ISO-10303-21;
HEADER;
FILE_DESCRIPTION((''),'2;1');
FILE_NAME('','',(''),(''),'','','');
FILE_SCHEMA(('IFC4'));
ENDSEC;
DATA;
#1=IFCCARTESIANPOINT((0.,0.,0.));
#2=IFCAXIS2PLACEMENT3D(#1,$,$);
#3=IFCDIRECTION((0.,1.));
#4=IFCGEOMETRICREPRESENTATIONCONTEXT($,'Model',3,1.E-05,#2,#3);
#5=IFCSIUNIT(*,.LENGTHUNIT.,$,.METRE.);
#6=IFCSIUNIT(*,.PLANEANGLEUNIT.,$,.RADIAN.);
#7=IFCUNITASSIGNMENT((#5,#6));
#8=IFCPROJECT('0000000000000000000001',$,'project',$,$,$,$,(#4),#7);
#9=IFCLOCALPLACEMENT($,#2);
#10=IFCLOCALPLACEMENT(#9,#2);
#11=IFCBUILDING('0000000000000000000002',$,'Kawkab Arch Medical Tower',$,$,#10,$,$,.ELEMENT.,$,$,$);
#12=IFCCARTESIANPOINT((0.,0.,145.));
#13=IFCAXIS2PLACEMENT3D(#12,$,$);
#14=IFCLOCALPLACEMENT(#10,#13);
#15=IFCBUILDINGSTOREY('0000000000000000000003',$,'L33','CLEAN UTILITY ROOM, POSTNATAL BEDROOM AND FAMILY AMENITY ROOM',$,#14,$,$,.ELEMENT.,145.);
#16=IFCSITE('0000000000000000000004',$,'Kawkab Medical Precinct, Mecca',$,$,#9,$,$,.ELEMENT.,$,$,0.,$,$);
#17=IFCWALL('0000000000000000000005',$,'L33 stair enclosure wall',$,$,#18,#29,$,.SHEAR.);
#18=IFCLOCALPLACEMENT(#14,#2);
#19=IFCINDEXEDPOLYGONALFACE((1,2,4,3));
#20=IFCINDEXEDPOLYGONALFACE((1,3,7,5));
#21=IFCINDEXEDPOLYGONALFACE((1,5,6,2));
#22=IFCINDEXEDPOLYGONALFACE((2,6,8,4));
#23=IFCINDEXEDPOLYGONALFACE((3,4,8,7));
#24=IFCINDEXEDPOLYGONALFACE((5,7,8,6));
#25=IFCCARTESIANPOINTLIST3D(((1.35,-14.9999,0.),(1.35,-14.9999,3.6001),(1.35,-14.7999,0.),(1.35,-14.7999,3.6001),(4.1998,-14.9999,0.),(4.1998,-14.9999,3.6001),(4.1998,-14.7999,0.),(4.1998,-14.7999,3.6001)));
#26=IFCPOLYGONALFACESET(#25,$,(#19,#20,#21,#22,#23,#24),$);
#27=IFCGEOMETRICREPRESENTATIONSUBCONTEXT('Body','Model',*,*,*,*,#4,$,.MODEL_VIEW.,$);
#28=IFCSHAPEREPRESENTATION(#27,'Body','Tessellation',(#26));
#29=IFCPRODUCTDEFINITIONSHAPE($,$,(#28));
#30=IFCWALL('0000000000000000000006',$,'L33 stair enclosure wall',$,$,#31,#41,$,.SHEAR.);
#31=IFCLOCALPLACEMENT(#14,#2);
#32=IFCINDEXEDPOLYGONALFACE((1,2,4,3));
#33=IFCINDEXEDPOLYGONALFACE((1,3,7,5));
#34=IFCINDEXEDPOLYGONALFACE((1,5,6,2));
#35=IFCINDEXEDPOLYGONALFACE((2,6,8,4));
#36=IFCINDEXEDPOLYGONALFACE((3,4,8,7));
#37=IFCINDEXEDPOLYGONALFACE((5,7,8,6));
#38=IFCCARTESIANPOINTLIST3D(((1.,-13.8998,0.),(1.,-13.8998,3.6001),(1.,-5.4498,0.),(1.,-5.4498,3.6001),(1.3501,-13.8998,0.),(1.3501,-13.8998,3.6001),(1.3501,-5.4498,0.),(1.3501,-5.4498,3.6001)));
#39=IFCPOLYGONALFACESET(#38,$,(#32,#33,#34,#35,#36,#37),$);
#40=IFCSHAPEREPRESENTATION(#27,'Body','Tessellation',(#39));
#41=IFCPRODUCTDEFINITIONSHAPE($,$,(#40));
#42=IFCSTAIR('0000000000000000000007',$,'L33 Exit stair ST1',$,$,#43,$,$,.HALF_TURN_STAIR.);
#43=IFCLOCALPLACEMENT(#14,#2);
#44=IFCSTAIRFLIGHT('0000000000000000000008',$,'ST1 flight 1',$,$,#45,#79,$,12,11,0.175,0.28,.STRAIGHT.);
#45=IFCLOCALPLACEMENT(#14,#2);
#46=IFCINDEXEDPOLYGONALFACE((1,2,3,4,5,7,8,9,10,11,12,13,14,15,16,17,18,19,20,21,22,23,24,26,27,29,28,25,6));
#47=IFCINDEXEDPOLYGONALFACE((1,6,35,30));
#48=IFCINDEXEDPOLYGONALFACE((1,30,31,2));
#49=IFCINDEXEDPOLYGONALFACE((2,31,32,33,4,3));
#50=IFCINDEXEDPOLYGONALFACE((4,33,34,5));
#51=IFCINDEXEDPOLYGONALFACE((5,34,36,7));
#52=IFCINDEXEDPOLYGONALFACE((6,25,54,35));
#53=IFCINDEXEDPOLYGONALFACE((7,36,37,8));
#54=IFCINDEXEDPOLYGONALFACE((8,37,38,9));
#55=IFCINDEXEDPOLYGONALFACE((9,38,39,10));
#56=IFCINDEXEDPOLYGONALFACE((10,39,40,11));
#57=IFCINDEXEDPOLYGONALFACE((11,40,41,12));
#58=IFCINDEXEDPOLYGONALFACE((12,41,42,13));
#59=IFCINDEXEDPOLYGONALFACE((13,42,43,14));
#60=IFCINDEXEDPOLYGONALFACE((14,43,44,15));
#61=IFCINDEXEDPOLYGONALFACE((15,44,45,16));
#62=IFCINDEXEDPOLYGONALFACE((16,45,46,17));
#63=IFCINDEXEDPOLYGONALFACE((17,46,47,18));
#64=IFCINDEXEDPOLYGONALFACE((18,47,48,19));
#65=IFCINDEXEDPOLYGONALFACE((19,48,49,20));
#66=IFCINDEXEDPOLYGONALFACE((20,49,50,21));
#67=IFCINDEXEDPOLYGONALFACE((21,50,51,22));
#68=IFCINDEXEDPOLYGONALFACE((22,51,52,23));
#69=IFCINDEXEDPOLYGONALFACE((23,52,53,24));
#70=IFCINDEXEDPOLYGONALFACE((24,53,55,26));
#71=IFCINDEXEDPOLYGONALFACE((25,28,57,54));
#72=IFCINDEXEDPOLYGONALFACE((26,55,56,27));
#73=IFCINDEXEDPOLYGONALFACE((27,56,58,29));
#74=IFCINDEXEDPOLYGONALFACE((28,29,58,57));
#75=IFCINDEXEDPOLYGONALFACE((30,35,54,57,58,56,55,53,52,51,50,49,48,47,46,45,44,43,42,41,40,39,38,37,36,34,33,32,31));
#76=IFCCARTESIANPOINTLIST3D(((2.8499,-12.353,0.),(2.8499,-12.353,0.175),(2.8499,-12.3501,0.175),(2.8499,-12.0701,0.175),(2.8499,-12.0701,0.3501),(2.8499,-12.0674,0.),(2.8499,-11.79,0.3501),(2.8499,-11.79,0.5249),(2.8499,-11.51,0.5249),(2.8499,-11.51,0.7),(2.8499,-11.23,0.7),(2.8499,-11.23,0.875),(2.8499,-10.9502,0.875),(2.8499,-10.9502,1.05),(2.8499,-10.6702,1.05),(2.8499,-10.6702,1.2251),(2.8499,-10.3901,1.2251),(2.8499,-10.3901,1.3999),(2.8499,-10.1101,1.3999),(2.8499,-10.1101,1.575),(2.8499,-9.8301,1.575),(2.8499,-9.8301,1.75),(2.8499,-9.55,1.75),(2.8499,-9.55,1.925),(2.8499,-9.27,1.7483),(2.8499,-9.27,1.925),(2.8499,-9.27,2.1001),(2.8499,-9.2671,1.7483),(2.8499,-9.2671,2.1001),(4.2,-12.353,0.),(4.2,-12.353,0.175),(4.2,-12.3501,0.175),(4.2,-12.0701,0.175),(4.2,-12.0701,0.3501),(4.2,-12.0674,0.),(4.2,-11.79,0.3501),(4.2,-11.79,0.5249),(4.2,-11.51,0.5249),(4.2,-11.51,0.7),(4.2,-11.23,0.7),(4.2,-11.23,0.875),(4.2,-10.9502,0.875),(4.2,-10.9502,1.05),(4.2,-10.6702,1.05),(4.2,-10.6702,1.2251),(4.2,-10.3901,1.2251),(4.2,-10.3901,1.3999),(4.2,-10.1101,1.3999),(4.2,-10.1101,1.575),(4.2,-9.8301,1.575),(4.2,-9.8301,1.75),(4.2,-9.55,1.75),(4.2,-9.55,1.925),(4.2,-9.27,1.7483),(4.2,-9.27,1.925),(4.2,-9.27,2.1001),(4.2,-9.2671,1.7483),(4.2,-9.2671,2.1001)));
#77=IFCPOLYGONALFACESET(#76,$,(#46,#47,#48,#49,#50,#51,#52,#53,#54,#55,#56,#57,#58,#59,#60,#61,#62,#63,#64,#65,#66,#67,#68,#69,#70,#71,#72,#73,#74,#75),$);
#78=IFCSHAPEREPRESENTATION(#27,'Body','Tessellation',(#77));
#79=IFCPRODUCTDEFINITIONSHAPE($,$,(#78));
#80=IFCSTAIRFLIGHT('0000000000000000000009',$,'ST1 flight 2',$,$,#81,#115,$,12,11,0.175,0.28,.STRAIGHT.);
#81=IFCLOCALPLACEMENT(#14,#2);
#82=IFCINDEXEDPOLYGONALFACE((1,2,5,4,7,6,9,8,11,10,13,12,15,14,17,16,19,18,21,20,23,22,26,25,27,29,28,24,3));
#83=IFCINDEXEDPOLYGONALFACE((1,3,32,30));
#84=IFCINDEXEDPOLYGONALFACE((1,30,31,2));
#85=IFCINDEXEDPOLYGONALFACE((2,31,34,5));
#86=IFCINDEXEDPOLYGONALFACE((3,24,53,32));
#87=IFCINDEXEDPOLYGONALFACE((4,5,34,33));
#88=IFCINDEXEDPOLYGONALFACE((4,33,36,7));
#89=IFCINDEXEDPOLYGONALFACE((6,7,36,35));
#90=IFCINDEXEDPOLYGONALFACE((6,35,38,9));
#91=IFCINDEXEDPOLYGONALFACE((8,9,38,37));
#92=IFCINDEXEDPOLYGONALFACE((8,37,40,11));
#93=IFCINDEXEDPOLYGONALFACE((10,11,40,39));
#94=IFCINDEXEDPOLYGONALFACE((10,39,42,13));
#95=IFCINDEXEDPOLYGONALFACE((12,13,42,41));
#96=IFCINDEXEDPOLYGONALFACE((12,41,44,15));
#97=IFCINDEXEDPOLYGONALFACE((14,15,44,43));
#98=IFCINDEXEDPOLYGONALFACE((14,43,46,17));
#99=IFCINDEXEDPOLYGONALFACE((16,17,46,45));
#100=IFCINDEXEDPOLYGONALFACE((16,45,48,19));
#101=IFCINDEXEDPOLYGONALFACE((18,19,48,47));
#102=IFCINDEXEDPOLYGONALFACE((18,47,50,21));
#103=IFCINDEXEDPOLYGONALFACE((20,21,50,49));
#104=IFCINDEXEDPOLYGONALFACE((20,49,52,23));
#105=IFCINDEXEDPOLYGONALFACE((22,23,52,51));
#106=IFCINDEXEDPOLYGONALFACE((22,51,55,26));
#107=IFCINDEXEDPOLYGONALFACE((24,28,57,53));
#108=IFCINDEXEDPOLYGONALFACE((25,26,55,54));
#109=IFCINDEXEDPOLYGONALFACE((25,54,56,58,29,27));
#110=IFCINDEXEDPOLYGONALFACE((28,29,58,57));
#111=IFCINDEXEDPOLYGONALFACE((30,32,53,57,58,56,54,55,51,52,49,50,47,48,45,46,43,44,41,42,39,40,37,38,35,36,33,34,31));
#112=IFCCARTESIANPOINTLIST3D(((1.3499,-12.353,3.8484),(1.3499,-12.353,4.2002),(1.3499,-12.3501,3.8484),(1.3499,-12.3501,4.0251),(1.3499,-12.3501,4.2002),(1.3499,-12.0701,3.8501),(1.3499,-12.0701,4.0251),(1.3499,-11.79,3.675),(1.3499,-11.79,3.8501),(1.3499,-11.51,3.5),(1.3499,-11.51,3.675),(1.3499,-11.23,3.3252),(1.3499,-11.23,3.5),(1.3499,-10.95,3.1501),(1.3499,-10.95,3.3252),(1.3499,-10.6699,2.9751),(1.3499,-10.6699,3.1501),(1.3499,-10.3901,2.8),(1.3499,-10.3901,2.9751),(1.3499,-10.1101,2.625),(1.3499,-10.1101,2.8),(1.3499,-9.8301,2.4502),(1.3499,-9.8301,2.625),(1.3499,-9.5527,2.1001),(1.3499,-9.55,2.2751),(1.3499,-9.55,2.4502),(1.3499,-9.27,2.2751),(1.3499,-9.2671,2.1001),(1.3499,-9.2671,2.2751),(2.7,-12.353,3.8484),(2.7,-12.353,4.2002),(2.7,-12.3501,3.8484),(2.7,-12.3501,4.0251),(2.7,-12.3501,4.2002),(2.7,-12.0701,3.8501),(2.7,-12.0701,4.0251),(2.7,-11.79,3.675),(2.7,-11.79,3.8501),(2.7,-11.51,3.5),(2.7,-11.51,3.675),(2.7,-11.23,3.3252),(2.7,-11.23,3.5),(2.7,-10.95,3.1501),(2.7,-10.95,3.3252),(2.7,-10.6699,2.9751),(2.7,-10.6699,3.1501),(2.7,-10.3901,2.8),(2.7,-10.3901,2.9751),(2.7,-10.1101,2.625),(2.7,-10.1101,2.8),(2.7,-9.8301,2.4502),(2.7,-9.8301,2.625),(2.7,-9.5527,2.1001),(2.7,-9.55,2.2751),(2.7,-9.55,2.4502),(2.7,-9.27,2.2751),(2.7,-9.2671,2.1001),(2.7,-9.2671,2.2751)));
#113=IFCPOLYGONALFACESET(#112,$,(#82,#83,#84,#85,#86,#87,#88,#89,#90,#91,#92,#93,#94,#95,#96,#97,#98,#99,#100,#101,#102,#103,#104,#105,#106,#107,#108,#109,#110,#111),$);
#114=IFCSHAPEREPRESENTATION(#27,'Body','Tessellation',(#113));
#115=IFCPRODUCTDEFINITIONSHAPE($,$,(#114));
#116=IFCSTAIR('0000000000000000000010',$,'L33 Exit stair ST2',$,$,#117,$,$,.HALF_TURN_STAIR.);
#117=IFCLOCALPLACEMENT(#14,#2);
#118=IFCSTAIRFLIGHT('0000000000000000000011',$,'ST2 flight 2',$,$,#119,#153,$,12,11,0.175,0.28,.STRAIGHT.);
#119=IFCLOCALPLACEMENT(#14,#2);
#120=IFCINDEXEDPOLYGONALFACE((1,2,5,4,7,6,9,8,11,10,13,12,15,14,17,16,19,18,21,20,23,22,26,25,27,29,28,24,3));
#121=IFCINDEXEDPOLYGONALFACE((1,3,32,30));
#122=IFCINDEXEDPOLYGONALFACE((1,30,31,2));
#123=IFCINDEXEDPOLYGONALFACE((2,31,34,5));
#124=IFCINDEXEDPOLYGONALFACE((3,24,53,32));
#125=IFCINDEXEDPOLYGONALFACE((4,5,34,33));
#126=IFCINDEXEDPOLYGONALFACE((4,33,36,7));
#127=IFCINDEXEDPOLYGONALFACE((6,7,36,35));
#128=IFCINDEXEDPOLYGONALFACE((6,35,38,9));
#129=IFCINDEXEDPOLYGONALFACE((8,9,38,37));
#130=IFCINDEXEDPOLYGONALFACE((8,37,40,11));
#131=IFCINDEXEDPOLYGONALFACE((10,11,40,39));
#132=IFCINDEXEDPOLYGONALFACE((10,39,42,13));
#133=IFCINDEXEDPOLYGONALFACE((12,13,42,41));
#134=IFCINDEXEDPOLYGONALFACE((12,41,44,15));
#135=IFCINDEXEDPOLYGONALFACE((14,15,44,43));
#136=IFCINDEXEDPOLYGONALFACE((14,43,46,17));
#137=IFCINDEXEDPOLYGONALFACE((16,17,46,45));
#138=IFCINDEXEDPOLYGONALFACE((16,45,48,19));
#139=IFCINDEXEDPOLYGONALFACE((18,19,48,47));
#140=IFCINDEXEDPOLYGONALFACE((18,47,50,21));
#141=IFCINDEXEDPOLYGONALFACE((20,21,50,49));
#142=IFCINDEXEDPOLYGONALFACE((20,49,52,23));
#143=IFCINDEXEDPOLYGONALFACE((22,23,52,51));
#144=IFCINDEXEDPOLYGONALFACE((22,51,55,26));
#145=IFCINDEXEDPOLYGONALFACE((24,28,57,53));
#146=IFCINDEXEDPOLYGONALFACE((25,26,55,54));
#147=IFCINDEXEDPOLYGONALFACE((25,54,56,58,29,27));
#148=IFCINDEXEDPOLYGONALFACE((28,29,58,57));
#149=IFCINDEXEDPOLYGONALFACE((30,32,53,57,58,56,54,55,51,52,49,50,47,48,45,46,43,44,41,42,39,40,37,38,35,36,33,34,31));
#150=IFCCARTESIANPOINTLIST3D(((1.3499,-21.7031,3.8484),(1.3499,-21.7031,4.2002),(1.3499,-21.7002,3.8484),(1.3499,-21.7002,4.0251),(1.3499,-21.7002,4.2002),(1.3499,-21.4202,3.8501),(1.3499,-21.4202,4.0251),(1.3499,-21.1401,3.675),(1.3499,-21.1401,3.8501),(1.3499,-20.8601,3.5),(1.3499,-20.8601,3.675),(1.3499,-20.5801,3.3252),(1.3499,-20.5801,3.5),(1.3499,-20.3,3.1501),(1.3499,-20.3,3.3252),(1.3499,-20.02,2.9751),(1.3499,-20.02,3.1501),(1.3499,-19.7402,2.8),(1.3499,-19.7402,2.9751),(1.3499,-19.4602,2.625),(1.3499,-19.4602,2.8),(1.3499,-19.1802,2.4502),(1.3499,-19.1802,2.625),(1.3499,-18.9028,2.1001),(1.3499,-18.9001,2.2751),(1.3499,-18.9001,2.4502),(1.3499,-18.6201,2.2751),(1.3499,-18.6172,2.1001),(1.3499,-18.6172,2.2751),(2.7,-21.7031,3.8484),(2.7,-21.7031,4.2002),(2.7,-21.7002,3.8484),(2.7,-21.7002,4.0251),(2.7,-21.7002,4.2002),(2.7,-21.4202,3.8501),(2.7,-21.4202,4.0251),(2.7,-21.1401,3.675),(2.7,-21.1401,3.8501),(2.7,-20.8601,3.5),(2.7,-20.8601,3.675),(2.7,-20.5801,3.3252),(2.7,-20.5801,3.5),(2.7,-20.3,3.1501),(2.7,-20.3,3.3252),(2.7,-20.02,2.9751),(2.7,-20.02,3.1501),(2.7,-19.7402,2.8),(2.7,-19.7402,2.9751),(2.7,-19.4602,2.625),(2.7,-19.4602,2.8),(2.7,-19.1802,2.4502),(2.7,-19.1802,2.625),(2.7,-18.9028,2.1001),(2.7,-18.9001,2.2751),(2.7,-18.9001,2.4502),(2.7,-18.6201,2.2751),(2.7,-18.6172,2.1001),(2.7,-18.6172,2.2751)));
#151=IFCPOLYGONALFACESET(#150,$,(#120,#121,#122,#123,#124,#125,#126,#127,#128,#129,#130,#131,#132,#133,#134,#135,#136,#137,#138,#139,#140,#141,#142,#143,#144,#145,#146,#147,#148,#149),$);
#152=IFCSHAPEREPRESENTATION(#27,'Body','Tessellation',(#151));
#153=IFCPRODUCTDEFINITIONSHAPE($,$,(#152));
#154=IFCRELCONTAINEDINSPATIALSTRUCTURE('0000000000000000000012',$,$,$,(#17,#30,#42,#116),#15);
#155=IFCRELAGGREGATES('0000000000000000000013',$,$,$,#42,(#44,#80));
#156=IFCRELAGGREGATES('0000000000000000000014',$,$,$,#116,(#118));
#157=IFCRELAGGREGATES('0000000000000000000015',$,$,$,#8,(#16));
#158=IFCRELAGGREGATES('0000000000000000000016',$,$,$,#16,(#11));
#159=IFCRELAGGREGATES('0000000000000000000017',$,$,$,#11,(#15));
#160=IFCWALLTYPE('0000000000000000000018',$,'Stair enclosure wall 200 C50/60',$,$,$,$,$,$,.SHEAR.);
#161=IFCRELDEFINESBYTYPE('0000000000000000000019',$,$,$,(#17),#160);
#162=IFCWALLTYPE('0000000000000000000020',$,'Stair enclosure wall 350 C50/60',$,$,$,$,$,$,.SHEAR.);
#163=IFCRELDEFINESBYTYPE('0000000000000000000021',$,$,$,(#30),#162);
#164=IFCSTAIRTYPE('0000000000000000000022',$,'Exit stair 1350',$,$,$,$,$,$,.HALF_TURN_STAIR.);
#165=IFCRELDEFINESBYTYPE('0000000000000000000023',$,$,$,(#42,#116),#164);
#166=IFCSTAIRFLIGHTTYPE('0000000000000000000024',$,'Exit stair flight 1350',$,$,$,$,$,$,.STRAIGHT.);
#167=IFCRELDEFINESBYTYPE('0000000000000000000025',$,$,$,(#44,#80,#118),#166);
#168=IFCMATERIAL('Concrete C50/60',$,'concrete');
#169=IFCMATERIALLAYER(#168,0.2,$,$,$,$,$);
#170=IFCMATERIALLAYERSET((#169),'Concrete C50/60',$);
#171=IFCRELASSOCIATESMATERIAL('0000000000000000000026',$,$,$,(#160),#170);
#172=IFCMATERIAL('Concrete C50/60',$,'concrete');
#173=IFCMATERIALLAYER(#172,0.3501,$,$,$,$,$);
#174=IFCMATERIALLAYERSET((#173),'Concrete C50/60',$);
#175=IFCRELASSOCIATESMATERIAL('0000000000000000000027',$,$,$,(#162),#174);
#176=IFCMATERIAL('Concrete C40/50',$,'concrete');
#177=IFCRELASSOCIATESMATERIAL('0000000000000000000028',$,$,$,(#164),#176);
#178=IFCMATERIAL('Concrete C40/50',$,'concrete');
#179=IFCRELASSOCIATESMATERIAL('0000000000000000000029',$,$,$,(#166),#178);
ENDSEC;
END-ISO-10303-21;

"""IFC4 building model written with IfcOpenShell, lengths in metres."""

from ifc_helpers import new_model, si_unit, direction, frame, frame_2d, origin, place, context, subcontext, project, spatial, polyline, rectangle, outline, extrude, material, layer, layer_set, type_object, element, aggregate, save


model = new_model("IFC4")

# Units and contexts
model_context = context("Model", 3, precision=1e-05, world=origin(), true_north=direction((0.0, 1.0)))
body_context = subcontext(model_context, "Body", "Model", "MODEL_VIEW")
ifc_project = project(units=[si_unit("LENGTHUNIT", "METRE"), si_unit("PLANEANGLEUNIT", "RADIAN")], contexts=[model_context])

# Site, building, storey
site_placement = place(None, origin())
site = spatial("IfcSite", under=ifc_project, at=site_placement, Name="Kawkab Medical Precinct, Mecca", CompositionType="ELEMENT", RefElevation=0.0)
building_placement = place(site_placement, origin())
building = spatial("IfcBuilding", under=site, at=building_placement, Name="Kawkab Arch Medical Tower", CompositionType="ELEMENT")
storey_placement = place(building_placement, frame((0.0, 0.0, 145.0)))
storey = spatial("IfcBuildingStorey", under=building, at=storey_placement, Name="L33", Description="CLEAN UTILITY ROOM, POSTNATAL BEDROOM AND FAMILY AMENITY ROOM", CompositionType="ELEMENT", Elevation=145.0)

# Shared definitions
placement = place(storey_placement, origin())

# Walls
ifc_material_1 = material(Name="Concrete C50/60", Category="concrete")
ifc_layer_1 = layer(ifc_material_1, 0.2)
ifc_layer_set_1 = layer_set([ifc_layer_1], Name="Concrete C50/60")
wall_type_1 = type_object("IfcWallType", Name="Stair enclosure wall 200 C50/60", PredefinedType="SHEAR", material=ifc_layer_set_1)
for number, where, z_axis, x_axis, name in (
    (1, (1.3501, -14.8999, 0.0), (0.0, 0.0, 1.0), (1.0, 0.0, 0.0), "L33 stair enclosure wall"),
):
    element("IfcWall", number, at=place(storey_placement, frame(where, z_axis=z_axis, x_axis=x_axis)), inside=storey, type_object=wall_type_1, Name=name, PredefinedType="SHEAR", context=body_context, shape_type="SweptSolid", body=[
        extrude(rectangle(XDim=2.8499, YDim=0.2, at=frame_2d((1.4248, 0.0))), origin(), (0.0, 0.0, 1.0), 3.6001),
    ])
ifc_material_2 = material(Name="Concrete C50/60", Category="concrete")
ifc_layer_2 = layer(ifc_material_2, 0.3501)
ifc_layer_set_2 = layer_set([ifc_layer_2], Name="Concrete C50/60")
wall_type_2 = type_object("IfcWallType", Name="Stair enclosure wall 350 C50/60", PredefinedType="SHEAR", material=ifc_layer_set_2)
wall_1_placement = place(storey_placement, frame((1.175, -13.8999, 0.0), z_axis=(0.0, 0.0, 1.0), x_axis=(0.0, 1.0, 0.0)))
element("IfcWall", 2, at=wall_1_placement, inside=storey, type_object=wall_type_2, Name="L33 stair enclosure wall", PredefinedType="SHEAR", context=body_context, shape_type="SweptSolid", body=[
    extrude(rectangle(XDim=8.45, YDim=0.3501, at=frame_2d((4.2251, 0.0))), origin(), (0.0, 0.0, 1.0), 3.6001),
])

# Stair, stair flights
ifc_material_3 = material(Name="Concrete C40/50", Category="concrete")
stair_type = type_object("IfcStairType", Name="Exit stair 1350", PredefinedType="HALF_TURN_STAIR", material=ifc_material_3)
stair_1 = element("IfcStair", 3, at=placement, inside=storey, type_object=stair_type, Name="L33 Exit stair ST1", PredefinedType="HALF_TURN_STAIR")
ifc_material_4 = material(Name="Concrete C40/50", Category="concrete")
stair_flight_type = type_object("IfcStairFlightType", Name="Exit stair flight 1350", PredefinedType="STRAIGHT", material=ifc_material_4)
stair_flight_1_placement = place(storey_placement, frame((3.5249, -12.3501, 0.0), z_axis=(0.0, 0.0, 1.0), x_axis=(0.0, 1.0, 0.0)))
stair_flight_1 = element("IfcStairFlight", 4, at=stair_flight_1_placement, type_object=stair_flight_type, Name="ST1 flight 1", NumberOfRisers=12, NumberOfTreads=11, PredefinedType="STRAIGHT", RiserHeight=0.175, TreadLength=0.28, context=body_context, shape_type="SweptSolid", body=[
    extrude(outline(polyline([(-0.0029, 0.0), (-0.0029, 0.175), (0.0, 0.175), (0.28, 0.175), (0.28, 0.3501), (0.5601, 0.3501), (0.5601, 0.5249), (0.8401, 0.5249), (0.8401, 0.7), (1.1201, 0.7), (1.1201, 0.875), (1.3999, 0.875), (1.3999, 1.05), (1.6799, 1.05), (1.6799, 1.2251), (1.96, 1.2251), (1.96, 1.3999), (2.24, 1.3999), (2.24, 1.575), (2.52, 1.575), (2.52, 1.75), (2.8, 1.75), (2.8, 1.925), (3.0801, 1.925), (3.0801, 2.1001), (3.083, 2.1001), (3.083, 1.7483), (3.0801, 1.7483), (0.2827, 0.0), (-0.0029, 0.0)])), frame((0.0, 0.675, 0.0), z_axis=(0.0, -1.0, 0.0), x_axis=(1.0, 0.0, 0.0)), (0.0, 0.0, 1.0), 1.3501),
])
stair_flight_2_placement = place(storey_placement, frame((2.0249, -9.27, 2.1001), z_axis=(0.0, 0.0, 1.0), x_axis=(0.0, -1.0, 0.0)))
stair_flight_2 = element("IfcStairFlight", 5, at=stair_flight_2_placement, type_object=stair_flight_type, Name="ST1 flight 2", NumberOfRisers=12, NumberOfTreads=11, PredefinedType="STRAIGHT", RiserHeight=0.175, TreadLength=0.28, context=body_context, shape_type="SweptSolid", body=[
    extrude(outline(polyline([(-0.0029, 0.0), (-0.0029, 0.175), (0.0, 0.175), (0.28, 0.175), (0.28, 0.3501), (0.5601, 0.3501), (0.5601, 0.5249), (0.8401, 0.5249), (0.8401, 0.7), (1.1201, 0.7), (1.1201, 0.875), (1.3999, 0.875), (1.3999, 1.05), (1.6799, 1.05), (1.6799, 1.2251), (1.96, 1.2251), (1.96, 1.3999), (2.24, 1.3999), (2.24, 1.575), (2.52, 1.575), (2.52, 1.75), (2.8, 1.75), (2.8, 1.925), (3.0801, 1.925), (3.0801, 2.1001), (3.083, 2.1001), (3.083, 1.7483), (3.0801, 1.7483), (0.2827, 0.0), (-0.0029, 0.0)])), frame((0.0, 0.675, 0.0), z_axis=(0.0, -1.0, 0.0), x_axis=(1.0, 0.0, 0.0)), (0.0, 0.0, 1.0), 1.3501),
])
aggregate(stair_1, [stair_flight_1, stair_flight_2])

# Stair, stair flight
stair_2 = element("IfcStair", 6, at=placement, inside=storey, type_object=stair_type, Name="L33 Exit stair ST2", PredefinedType="HALF_TURN_STAIR")
stair_flight_3_placement = place(storey_placement, frame((2.0249, -18.6201, 2.1001), z_axis=(0.0, 0.0, 1.0), x_axis=(0.0, -1.0, 0.0)))
stair_flight_3 = element("IfcStairFlight", 7, at=stair_flight_3_placement, type_object=stair_flight_type, Name="ST2 flight 2", NumberOfRisers=12, NumberOfTreads=11, PredefinedType="STRAIGHT", RiserHeight=0.175, TreadLength=0.28, context=body_context, shape_type="SweptSolid", body=[
    extrude(outline(polyline([(-0.0029, 0.0), (-0.0029, 0.175), (0.0, 0.175), (0.28, 0.175), (0.28, 0.3501), (0.5601, 0.3501), (0.5601, 0.5249), (0.8401, 0.5249), (0.8401, 0.7), (1.1201, 0.7), (1.1201, 0.875), (1.3999, 0.875), (1.3999, 1.05), (1.6799, 1.05), (1.6799, 1.2251), (1.96, 1.2251), (1.96, 1.3999), (2.24, 1.3999), (2.24, 1.575), (2.52, 1.575), (2.52, 1.75), (2.8, 1.75), (2.8, 1.925), (3.0801, 1.925), (3.0801, 2.1001), (3.083, 2.1001), (3.083, 1.7483), (3.0801, 1.7483), (0.2827, 0.0), (-0.0029, 0.0)])), frame((0.0, 0.675, 0.0), z_axis=(0.0, -1.0, 0.0), x_axis=(1.0, 0.0, 0.0)), (0.0, 0.0, 1.0), 1.3501),
])
aggregate(stair_2, [stair_flight_3])

save(model, "model.ifc")
